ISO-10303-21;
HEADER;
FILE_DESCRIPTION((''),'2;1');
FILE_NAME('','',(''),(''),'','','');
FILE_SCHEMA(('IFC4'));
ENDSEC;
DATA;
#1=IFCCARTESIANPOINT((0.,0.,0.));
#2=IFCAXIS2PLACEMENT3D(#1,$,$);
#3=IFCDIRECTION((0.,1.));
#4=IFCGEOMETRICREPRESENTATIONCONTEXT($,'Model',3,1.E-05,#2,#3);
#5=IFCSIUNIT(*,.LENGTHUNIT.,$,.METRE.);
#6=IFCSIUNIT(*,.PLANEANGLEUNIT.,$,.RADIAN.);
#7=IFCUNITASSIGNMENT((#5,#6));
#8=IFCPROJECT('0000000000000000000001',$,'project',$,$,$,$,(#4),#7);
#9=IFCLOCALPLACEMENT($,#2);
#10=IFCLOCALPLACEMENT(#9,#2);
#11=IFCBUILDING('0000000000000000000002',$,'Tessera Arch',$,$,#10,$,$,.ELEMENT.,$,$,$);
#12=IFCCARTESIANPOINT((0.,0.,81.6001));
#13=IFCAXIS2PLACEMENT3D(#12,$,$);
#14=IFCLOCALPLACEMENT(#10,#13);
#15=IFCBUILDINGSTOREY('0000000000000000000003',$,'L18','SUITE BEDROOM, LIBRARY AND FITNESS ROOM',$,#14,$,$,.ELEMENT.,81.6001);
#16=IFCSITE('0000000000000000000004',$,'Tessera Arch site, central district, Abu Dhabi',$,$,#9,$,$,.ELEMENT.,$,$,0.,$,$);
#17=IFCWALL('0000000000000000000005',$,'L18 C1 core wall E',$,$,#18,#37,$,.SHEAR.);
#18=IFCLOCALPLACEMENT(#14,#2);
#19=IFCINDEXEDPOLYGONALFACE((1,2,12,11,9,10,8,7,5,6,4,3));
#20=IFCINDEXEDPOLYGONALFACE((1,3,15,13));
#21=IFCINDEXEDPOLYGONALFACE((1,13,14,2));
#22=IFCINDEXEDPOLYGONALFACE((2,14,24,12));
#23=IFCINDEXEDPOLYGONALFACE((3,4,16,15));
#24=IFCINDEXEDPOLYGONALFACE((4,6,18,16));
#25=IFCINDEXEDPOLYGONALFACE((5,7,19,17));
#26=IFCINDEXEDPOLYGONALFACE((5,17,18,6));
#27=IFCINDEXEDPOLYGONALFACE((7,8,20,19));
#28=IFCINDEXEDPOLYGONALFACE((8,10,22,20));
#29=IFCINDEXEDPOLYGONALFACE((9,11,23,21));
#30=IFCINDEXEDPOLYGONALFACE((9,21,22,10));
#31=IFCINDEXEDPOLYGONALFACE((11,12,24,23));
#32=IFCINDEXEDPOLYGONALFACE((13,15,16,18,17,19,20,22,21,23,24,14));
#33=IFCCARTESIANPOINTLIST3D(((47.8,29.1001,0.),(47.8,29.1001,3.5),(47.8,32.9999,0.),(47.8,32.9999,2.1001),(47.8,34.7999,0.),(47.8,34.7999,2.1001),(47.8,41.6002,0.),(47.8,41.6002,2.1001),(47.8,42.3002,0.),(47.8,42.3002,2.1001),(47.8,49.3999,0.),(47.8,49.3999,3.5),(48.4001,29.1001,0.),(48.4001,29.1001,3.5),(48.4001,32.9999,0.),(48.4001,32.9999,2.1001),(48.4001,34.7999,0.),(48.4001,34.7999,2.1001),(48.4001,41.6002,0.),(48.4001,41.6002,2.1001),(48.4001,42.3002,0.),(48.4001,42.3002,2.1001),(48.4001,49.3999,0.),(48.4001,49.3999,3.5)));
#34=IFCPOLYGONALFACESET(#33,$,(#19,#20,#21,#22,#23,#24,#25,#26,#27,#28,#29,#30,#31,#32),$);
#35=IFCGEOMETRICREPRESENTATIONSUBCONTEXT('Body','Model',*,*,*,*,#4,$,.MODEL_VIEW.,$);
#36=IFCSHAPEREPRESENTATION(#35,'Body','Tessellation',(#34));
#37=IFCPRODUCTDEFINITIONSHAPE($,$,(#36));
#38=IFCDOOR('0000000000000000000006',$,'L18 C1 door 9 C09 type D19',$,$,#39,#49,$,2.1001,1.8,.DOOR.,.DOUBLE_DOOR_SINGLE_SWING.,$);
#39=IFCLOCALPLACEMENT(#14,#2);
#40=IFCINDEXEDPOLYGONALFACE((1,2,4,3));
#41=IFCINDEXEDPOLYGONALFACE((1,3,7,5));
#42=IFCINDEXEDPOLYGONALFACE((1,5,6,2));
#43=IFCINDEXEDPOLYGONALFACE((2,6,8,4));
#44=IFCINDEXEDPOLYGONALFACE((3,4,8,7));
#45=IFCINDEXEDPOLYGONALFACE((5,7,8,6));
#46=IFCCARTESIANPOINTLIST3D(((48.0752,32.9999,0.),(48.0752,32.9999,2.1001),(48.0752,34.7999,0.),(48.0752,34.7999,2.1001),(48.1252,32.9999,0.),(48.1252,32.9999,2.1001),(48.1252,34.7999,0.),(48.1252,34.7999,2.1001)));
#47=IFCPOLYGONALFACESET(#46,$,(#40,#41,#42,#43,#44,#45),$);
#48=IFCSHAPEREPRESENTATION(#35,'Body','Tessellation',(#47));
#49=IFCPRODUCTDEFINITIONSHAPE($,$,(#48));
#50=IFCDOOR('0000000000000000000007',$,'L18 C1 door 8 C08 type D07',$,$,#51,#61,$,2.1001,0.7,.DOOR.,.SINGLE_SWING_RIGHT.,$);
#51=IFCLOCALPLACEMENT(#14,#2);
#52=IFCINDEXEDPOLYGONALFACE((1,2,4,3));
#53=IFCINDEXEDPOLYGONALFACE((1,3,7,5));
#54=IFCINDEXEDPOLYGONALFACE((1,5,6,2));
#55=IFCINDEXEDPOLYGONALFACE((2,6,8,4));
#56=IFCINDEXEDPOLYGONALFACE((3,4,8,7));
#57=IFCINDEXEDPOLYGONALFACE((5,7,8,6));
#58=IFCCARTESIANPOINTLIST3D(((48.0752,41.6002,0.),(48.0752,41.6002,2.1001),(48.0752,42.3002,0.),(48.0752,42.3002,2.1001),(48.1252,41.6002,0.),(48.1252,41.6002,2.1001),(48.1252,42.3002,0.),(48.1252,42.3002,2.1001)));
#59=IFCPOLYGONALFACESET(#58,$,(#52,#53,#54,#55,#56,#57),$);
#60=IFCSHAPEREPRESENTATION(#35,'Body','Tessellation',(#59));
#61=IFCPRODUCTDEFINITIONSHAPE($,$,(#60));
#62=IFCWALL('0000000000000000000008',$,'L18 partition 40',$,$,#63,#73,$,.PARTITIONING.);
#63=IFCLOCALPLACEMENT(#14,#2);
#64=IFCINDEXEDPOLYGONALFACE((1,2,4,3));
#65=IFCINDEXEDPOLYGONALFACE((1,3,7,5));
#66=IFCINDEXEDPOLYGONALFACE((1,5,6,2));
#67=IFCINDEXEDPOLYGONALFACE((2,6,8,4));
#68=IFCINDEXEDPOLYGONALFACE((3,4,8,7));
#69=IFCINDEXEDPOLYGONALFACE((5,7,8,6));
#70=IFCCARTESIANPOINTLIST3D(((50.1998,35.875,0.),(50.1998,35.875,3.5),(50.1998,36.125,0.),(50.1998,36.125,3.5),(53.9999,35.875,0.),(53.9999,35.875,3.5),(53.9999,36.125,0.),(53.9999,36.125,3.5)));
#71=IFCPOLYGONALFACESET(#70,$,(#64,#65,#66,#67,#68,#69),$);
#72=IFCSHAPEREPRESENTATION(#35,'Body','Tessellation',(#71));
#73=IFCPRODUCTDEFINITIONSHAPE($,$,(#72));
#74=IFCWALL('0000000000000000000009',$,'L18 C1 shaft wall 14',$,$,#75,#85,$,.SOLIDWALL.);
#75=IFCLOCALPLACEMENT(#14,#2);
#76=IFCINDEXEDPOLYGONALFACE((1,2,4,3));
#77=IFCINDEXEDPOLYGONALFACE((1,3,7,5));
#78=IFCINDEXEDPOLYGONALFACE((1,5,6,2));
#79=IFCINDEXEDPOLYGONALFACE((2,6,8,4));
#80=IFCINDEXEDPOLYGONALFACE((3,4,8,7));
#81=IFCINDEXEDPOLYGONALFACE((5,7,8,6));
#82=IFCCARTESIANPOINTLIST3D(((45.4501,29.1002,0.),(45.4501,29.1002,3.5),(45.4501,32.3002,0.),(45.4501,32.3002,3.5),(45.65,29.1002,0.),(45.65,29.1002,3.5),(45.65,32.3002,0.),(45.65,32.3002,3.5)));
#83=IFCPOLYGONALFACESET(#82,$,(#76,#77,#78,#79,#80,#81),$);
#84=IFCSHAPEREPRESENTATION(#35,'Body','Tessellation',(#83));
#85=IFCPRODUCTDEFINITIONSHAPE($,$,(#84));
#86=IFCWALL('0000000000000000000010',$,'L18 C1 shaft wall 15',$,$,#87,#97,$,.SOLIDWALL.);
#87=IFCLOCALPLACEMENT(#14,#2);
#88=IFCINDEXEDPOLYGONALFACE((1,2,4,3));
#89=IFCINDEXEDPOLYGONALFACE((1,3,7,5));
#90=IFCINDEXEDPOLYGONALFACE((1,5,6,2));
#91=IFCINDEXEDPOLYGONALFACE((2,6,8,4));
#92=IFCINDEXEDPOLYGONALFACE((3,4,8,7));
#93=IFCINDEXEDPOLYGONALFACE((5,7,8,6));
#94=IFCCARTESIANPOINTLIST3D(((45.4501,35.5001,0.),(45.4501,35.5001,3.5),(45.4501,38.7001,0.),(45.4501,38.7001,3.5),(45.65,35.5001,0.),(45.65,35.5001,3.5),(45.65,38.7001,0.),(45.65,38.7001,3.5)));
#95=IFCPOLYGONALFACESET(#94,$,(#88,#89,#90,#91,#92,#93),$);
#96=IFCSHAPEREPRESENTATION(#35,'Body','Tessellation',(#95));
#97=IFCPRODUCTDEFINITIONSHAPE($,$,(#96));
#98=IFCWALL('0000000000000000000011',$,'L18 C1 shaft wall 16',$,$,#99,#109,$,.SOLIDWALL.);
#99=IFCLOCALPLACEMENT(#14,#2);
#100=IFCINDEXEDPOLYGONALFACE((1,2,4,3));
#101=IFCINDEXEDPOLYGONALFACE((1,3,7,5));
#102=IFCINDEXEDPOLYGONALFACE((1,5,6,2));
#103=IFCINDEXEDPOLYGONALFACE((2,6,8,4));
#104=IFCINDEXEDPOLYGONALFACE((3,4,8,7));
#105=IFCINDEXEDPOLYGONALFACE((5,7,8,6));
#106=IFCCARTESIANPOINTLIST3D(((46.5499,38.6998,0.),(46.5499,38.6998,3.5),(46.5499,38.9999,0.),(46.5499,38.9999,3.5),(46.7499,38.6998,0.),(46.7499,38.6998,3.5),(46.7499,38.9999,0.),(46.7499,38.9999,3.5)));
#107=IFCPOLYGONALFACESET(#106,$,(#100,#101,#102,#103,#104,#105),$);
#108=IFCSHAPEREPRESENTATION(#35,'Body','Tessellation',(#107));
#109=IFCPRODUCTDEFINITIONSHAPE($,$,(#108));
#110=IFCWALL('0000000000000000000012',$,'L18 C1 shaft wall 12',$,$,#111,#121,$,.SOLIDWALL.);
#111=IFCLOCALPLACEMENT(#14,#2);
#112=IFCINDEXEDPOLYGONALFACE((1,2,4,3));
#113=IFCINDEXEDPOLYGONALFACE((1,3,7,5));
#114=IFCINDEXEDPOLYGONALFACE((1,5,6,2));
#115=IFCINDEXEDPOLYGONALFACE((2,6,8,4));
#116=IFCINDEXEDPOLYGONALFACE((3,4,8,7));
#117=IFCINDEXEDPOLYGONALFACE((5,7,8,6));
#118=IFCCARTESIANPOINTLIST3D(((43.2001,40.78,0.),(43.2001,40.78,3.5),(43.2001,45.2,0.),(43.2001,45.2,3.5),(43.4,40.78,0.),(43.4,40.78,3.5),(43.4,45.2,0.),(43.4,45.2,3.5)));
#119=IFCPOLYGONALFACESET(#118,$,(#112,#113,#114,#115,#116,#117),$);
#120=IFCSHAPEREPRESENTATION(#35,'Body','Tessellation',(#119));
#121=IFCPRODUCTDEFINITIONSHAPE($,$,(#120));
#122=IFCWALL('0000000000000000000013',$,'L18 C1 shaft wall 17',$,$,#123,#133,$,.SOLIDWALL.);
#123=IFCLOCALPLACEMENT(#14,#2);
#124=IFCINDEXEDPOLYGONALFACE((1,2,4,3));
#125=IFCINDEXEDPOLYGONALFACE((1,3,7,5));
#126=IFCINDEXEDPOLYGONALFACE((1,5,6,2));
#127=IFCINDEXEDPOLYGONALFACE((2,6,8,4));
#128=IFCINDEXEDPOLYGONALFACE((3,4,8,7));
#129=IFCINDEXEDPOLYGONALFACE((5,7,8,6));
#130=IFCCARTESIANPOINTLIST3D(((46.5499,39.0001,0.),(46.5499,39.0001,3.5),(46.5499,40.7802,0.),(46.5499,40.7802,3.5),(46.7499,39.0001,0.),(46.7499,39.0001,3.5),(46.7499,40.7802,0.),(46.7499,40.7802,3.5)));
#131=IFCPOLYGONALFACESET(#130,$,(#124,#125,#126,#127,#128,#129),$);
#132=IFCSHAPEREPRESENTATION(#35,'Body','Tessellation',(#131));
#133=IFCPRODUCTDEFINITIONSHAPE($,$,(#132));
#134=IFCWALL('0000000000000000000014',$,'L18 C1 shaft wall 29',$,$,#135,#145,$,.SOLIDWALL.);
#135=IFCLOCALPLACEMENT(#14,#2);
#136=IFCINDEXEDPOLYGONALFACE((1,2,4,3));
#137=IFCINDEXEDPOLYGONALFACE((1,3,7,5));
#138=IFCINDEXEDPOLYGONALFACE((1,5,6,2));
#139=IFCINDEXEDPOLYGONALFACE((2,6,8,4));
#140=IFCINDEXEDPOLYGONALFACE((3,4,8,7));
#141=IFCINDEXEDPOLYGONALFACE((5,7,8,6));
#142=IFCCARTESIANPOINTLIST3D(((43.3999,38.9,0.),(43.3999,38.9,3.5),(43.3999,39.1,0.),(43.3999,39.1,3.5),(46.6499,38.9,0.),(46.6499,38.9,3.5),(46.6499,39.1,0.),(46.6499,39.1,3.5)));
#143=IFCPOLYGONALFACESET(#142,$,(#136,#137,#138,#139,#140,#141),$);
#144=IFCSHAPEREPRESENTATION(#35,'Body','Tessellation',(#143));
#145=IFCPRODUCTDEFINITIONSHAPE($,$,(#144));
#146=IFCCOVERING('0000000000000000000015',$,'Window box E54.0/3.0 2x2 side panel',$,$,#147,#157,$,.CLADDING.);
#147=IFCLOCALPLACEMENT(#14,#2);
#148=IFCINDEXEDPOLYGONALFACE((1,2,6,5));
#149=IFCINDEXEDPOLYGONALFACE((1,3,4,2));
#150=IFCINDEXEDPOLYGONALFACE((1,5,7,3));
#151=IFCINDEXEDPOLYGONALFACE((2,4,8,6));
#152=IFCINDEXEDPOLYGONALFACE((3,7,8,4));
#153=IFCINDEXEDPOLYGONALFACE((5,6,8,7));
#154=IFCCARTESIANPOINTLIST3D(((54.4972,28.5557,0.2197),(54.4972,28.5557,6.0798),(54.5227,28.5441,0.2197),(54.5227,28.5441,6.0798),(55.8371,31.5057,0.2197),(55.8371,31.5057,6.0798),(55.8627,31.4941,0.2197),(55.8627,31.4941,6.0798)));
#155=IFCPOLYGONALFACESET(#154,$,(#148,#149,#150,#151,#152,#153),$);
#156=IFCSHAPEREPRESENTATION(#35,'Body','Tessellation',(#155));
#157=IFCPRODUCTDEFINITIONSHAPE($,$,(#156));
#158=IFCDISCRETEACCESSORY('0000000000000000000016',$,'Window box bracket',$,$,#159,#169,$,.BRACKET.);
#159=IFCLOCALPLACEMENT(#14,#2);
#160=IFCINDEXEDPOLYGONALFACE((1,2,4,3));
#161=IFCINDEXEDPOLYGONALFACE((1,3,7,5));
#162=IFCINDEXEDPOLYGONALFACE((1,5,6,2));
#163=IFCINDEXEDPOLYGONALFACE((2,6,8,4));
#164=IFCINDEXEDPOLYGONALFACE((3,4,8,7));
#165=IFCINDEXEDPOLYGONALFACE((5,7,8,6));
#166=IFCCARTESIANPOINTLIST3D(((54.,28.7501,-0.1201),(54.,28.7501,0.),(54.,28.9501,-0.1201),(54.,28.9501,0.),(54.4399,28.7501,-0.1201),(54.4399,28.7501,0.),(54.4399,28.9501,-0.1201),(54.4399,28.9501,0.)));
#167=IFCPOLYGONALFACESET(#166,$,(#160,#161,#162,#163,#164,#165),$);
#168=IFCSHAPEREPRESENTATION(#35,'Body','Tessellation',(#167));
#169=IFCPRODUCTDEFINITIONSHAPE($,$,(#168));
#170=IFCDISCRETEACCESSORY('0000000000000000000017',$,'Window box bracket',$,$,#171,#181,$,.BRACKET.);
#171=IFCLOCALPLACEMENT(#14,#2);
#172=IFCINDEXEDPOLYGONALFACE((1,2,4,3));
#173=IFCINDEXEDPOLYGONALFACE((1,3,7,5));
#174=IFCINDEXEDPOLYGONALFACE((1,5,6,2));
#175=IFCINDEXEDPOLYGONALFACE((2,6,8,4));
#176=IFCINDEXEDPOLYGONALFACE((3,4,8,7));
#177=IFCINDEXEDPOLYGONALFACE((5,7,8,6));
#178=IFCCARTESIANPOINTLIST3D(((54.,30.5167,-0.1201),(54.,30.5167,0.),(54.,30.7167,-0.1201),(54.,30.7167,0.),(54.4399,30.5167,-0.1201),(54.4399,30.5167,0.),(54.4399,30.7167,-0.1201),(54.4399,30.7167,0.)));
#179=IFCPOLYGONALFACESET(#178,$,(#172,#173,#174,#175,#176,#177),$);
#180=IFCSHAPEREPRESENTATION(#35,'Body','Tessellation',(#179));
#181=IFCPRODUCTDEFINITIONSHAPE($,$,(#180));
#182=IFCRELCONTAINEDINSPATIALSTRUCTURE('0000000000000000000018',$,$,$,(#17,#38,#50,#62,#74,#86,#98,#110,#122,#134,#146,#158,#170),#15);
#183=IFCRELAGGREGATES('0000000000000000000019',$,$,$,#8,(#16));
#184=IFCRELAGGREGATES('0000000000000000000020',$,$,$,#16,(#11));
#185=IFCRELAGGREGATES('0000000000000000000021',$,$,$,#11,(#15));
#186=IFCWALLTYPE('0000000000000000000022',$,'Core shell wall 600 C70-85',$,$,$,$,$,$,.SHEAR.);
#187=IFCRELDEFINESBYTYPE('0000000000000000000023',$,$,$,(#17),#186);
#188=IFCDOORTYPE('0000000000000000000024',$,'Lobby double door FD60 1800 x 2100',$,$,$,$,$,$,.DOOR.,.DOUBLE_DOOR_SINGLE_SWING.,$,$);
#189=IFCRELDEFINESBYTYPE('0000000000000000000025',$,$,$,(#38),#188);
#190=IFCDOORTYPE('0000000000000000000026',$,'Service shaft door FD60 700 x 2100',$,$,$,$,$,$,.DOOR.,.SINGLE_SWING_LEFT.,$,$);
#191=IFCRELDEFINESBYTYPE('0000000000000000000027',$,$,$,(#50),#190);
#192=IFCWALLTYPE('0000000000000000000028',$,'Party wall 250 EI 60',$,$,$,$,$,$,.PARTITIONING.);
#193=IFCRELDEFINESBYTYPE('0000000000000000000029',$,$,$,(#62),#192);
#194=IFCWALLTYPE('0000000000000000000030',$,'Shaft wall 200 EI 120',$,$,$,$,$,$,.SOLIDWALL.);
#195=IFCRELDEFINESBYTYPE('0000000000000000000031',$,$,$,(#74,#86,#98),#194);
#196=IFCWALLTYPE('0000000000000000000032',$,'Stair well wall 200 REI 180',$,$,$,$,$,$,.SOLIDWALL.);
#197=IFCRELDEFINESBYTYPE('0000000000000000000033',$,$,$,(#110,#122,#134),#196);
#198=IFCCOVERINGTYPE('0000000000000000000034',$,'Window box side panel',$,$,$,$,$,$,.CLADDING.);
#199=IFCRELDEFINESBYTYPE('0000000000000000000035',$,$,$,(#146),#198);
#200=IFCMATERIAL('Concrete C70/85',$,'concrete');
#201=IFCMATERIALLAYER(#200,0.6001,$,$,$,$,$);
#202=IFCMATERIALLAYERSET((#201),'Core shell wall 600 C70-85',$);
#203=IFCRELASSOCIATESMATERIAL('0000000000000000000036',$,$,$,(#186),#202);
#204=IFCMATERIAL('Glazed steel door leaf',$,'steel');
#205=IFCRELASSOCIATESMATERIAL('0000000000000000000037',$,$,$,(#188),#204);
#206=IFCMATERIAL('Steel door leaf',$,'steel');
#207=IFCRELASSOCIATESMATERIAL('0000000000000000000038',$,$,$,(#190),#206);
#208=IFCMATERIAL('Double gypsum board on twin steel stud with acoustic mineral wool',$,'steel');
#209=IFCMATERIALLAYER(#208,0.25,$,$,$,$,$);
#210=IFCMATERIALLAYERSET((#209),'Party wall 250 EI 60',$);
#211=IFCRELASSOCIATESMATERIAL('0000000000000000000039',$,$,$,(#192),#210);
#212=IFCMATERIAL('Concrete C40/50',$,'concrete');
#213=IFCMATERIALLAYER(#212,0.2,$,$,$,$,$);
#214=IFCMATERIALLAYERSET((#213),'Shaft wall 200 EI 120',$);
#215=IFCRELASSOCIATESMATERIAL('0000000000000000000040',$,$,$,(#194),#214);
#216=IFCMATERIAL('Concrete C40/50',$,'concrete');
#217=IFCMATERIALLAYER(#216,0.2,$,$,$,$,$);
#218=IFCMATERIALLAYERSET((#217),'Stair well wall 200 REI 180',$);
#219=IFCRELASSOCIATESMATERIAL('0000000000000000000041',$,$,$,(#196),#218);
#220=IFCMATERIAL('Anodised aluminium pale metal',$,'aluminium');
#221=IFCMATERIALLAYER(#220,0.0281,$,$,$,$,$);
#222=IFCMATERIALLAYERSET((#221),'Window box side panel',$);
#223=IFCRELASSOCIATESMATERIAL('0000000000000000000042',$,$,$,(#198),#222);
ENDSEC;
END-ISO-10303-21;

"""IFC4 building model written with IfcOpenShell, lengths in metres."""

from ifc_helpers import new_model, si_unit, direction, frame, frame_2d, origin, origin_2d, place, context, subcontext, project, spatial, rectangle, extrude, material, layer, layer_set, type_object, element, fill, save


model = new_model("IFC4")

# Units and contexts
model_context = context("Model", 3, precision=1e-05, world=origin(), true_north=direction((0.0, 1.0)))
body_context = subcontext(model_context, "Body", "Model", "MODEL_VIEW")
ifc_project = project(units=[si_unit("LENGTHUNIT", "METRE"), si_unit("PLANEANGLEUNIT", "RADIAN")], contexts=[model_context])

# Site, building, storey
site_placement = place(None, origin())
site = spatial("IfcSite", under=ifc_project, at=site_placement, Name="Tessera Arch site, central district, Abu Dhabi", CompositionType="ELEMENT", RefElevation=0.0)
building_placement = place(site_placement, origin())
building = spatial("IfcBuilding", under=site, at=building_placement, Name="Tessera Arch", CompositionType="ELEMENT")
storey_placement = place(building_placement, frame((0.0, 0.0, 81.6001)))
storey = spatial("IfcBuildingStorey", under=building, at=storey_placement, Name="L18", Description="SUITE BEDROOM, LIBRARY AND FITNESS ROOM", CompositionType="ELEMENT", Elevation=81.6001)

# Wall, openings, doors
ifc_material_1 = material(Name="Concrete C70/85", Category="concrete")
ifc_layer_1 = layer(ifc_material_1, 0.6001)
ifc_layer_set_1 = layer_set([ifc_layer_1], Name="Core shell wall 600 C70-85")
wall_type_1 = type_object("IfcWallType", Name="Core shell wall 600 C70-85", PredefinedType="SHEAR", material=ifc_layer_set_1)
wall_1_placement = place(storey_placement, frame((48.1001, 29.1001, 0.0), z_axis=(0.0, 0.0, 1.0), x_axis=(0.0, 1.0, 0.0)))
wall_1 = element("IfcWall", 1, at=wall_1_placement, inside=storey, type_object=wall_type_1, Name="L18 C1 core wall E", PredefinedType="SHEAR", context=body_context, shape_type="SweptSolid", body=[
    extrude(rectangle(XDim=20.2998, YDim=0.6001, at=frame_2d((10.1499, 0.0))), origin(), (0.0, 0.0, 1.0), 3.5),
])
opening_1_placement = place(wall_1_placement, frame((12.5, 0.0, 0.0)))
opening_1 = element("IfcOpeningElement", 2, at=opening_1_placement, cuts=wall_1, PredefinedType="OPENING", context=body_context, shape_type="SweptSolid", body=[
    extrude(rectangle(XDim=0.7, YDim=2.1001, at=frame_2d((0.3501, 1.05))), frame((0.0, 0.3101, 0.0), z_axis=(0.0, -1.0, 0.0), x_axis=(1.0, 0.0, 0.0)), (0.0, 0.0, 1.0), 0.6201),
])
opening_2_placement = place(wall_1_placement, frame((3.8999, 0.0, 0.0)))
opening_2 = element("IfcOpeningElement", 3, at=opening_2_placement, cuts=wall_1, PredefinedType="OPENING", context=body_context, shape_type="SweptSolid", body=[
    extrude(rectangle(XDim=1.8, YDim=2.1001, at=frame_2d((0.8999, 1.05))), frame((0.0, 0.3101, 0.0), z_axis=(0.0, -1.0, 0.0), x_axis=(1.0, 0.0, 0.0)), (0.0, 0.0, 1.0), 0.6201),
])
ifc_material_2 = material(Name="Glazed steel door leaf", Category="steel")
door_type_1 = type_object("IfcDoorType", Name="Lobby double door FD60 1800 x 2100", OperationType="DOUBLE_DOOR_SINGLE_SWING", PredefinedType="DOOR", material=ifc_material_2)
door_1_placement = place(opening_2_placement, origin())
door_1 = element("IfcDoor", 4, at=door_1_placement, inside=storey, type_object=door_type_1, Name="L18 C1 door 9 C09 type D19", OperationType="DOUBLE_DOOR_SINGLE_SWING", OverallHeight=2.1001, OverallWidth=1.8, PredefinedType="DOOR", context=body_context, shape_type="SweptSolid", body=[
    extrude(rectangle(XDim=1.8, YDim=2.1001, at=frame_2d((0.8999, 1.05))), frame((0.0, 0.0249, 0.0), z_axis=(0.0, -1.0, 0.0), x_axis=(1.0, 0.0, 0.0)), (0.0, 0.0, 1.0), 0.05),
])
fill(opening_2, door_1)
ifc_material_3 = material(Name="Steel door leaf", Category="steel")
door_type_2 = type_object("IfcDoorType", Name="Service shaft door FD60 700 x 2100", OperationType="SINGLE_SWING_LEFT", PredefinedType="DOOR", material=ifc_material_3)
door_2_placement = place(opening_1_placement, origin())
door_2 = element("IfcDoor", 5, at=door_2_placement, inside=storey, type_object=door_type_2, Name="L18 C1 door 8 C08 type D07", OperationType="SINGLE_SWING_RIGHT", OverallHeight=2.1001, OverallWidth=0.7, PredefinedType="DOOR", context=body_context, shape_type="SweptSolid", body=[
    extrude(rectangle(XDim=0.7, YDim=2.1001, at=frame_2d((0.3501, 1.05))), frame((0.0, 0.0249, 0.0), z_axis=(0.0, -1.0, 0.0), x_axis=(1.0, 0.0, 0.0)), (0.0, 0.0, 1.0), 0.05),
])
fill(opening_1, door_2)

# Walls
ifc_material_4 = material(Name="Double gypsum board on twin steel stud with acoustic mineral wool", Category="steel")
ifc_layer_2 = layer(ifc_material_4, 0.25)
ifc_layer_set_2 = layer_set([ifc_layer_2], Name="Party wall 250 EI 60")
wall_type_2 = type_object("IfcWallType", Name="Party wall 250 EI 60", PredefinedType="PARTITIONING", material=ifc_layer_set_2)
wall_2_placement = place(storey_placement, frame((50.2, 36.0, 0.0), z_axis=(0.0, 0.0, 1.0), x_axis=(1.0, 0.0, 0.0)))
element("IfcWall", 6, at=wall_2_placement, inside=storey, type_object=wall_type_2, Name="L18 partition 40", PredefinedType="PARTITIONING", context=body_context, shape_type="SweptSolid", body=[
    extrude(rectangle(XDim=3.8, YDim=0.25, at=frame_2d((1.8999, 0.0))), origin(), (0.0, 0.0, 1.0), 3.5),
])
ifc_material_5 = material(Name="Concrete C40/50", Category="concrete")
ifc_layer_3 = layer(ifc_material_5, 0.2)
ifc_layer_set_3 = layer_set([ifc_layer_3], Name="Shaft wall 200 EI 120")
wall_type_3 = type_object("IfcWallType", Name="Shaft wall 200 EI 120", PredefinedType="SOLIDWALL", material=ifc_layer_set_3)
for number, where, z_axis, x_axis, name in (
    (7, (45.55, 29.1001, 0.0), (0.0, 0.0, 1.0), (0.0, 1.0, 0.0), "L18 C1 shaft wall 14"),
    (8, (45.55, 35.5, 0.0), (0.0, 0.0, 1.0), (0.0, 1.0, 0.0), "L18 C1 shaft wall 15"),
):
    element("IfcWall", number, at=place(storey_placement, frame(where, z_axis=z_axis, x_axis=x_axis)), inside=storey, type_object=wall_type_3, Name=name, PredefinedType="SOLIDWALL", context=body_context, shape_type="SweptSolid", body=[
        extrude(rectangle(XDim=3.2, YDim=0.2, at=frame_2d((1.6001, 0.0))), origin(), (0.0, 0.0, 1.0), 3.5),
    ])
wall_3_placement = place(storey_placement, frame((46.6499, 38.7, 0.0), z_axis=(0.0, 0.0, 1.0), x_axis=(0.0, 1.0, 0.0)))
element("IfcWall", 9, at=wall_3_placement, inside=storey, type_object=wall_type_3, Name="L18 C1 shaft wall 16", PredefinedType="SOLIDWALL", context=body_context, shape_type="SweptSolid", body=[
    extrude(rectangle(XDim=0.3, YDim=0.2, at=frame_2d((0.1499, 0.0))), origin(), (0.0, 0.0, 1.0), 3.5),
])
ifc_material_6 = material(Name="Concrete C40/50", Category="concrete")
ifc_layer_4 = layer(ifc_material_6, 0.2)
ifc_layer_set_4 = layer_set([ifc_layer_4], Name="Stair well wall 200 REI 180")
wall_type_4 = type_object("IfcWallType", Name="Stair well wall 200 REI 180", PredefinedType="SOLIDWALL", material=ifc_layer_set_4)
wall_4_placement = place(storey_placement, frame((43.3, 40.78, 0.0), z_axis=(0.0, 0.0, 1.0), x_axis=(0.0, 1.0, 0.0)))
element("IfcWall", 10, at=wall_4_placement, inside=storey, type_object=wall_type_4, Name="L18 C1 shaft wall 12", PredefinedType="SOLIDWALL", context=body_context, shape_type="SweptSolid", body=[
    extrude(rectangle(XDim=4.4199, YDim=0.2, at=frame_2d((2.21, 0.0))), origin(), (0.0, 0.0, 1.0), 3.5),
])
wall_5_placement = place(storey_placement, frame((46.6499, 39.0, 0.0), z_axis=(0.0, 0.0, 1.0), x_axis=(0.0, 1.0, 0.0)))
element("IfcWall", 11, at=wall_5_placement, inside=storey, type_object=wall_type_4, Name="L18 C1 shaft wall 17", PredefinedType="SOLIDWALL", context=body_context, shape_type="SweptSolid", body=[
    extrude(rectangle(XDim=1.78, YDim=0.2, at=frame_2d((0.8901, 0.0))), origin(), (0.0, 0.0, 1.0), 3.5),
])
wall_6_placement = place(storey_placement, frame((43.3999, 39.0, 0.0), z_axis=(0.0, 0.0, 1.0), x_axis=(1.0, 0.0, 0.0)))
element("IfcWall", 12, at=wall_6_placement, inside=storey, type_object=wall_type_4, Name="L18 C1 shaft wall 29", PredefinedType="SOLIDWALL", context=body_context, shape_type="SweptSolid", body=[
    extrude(rectangle(XDim=3.25, YDim=0.2, at=frame_2d((1.625, 0.0))), origin(), (0.0, 0.0, 1.0), 3.5),
])

# Covering
ifc_material_7 = material(Name="Anodised aluminium pale metal", Category="aluminium")
ifc_layer_5 = layer(ifc_material_7, 0.0281)
ifc_layer_set_5 = layer_set([ifc_layer_5], Name="Window box side panel")
covering_type = type_object("IfcCoveringType", Name="Window box side panel", PredefinedType="CLADDING", material=ifc_layer_set_5)
covering_placement = place(storey_placement, frame((55.1799, 30.0249, 0.2197), z_axis=(0.0, 0.0, 1.0), x_axis=(0.41357, 0.910472, 0.0)))
element("IfcCovering", 13, at=covering_placement, inside=storey, type_object=covering_type, Name="Window box E54.0/3.0 2x2 side panel", PredefinedType="CLADDING", context=body_context, shape_type="SweptSolid", body=[
    extrude(rectangle(XDim=3.24, YDim=0.0281, at=origin_2d()), origin(), (0.0, 0.0, 1.0), 5.8601),
])

# Discrete accessories
for number, where, z_axis, x_axis, name in (
    (14, (54.22, 28.8501, -0.1201), (0.0, 0.0, 1.0), (1.0, 0.0, 0.0), "Window box bracket"),
    (15, (54.22, 30.6167, -0.1201), (0.0, 0.0, 1.0), (1.0, 0.0, 0.0), "Window box bracket"),
):
    element("IfcDiscreteAccessory", number, at=place(storey_placement, frame(where, z_axis=z_axis, x_axis=x_axis)), inside=storey, Name=name, PredefinedType="BRACKET", context=body_context, shape_type="SweptSolid", body=[
        extrude(rectangle(XDim=0.4399, YDim=0.2, at=origin_2d()), origin(), (0.0, 0.0, 1.0), 0.1201),
    ])

save(model, "model.ifc")
